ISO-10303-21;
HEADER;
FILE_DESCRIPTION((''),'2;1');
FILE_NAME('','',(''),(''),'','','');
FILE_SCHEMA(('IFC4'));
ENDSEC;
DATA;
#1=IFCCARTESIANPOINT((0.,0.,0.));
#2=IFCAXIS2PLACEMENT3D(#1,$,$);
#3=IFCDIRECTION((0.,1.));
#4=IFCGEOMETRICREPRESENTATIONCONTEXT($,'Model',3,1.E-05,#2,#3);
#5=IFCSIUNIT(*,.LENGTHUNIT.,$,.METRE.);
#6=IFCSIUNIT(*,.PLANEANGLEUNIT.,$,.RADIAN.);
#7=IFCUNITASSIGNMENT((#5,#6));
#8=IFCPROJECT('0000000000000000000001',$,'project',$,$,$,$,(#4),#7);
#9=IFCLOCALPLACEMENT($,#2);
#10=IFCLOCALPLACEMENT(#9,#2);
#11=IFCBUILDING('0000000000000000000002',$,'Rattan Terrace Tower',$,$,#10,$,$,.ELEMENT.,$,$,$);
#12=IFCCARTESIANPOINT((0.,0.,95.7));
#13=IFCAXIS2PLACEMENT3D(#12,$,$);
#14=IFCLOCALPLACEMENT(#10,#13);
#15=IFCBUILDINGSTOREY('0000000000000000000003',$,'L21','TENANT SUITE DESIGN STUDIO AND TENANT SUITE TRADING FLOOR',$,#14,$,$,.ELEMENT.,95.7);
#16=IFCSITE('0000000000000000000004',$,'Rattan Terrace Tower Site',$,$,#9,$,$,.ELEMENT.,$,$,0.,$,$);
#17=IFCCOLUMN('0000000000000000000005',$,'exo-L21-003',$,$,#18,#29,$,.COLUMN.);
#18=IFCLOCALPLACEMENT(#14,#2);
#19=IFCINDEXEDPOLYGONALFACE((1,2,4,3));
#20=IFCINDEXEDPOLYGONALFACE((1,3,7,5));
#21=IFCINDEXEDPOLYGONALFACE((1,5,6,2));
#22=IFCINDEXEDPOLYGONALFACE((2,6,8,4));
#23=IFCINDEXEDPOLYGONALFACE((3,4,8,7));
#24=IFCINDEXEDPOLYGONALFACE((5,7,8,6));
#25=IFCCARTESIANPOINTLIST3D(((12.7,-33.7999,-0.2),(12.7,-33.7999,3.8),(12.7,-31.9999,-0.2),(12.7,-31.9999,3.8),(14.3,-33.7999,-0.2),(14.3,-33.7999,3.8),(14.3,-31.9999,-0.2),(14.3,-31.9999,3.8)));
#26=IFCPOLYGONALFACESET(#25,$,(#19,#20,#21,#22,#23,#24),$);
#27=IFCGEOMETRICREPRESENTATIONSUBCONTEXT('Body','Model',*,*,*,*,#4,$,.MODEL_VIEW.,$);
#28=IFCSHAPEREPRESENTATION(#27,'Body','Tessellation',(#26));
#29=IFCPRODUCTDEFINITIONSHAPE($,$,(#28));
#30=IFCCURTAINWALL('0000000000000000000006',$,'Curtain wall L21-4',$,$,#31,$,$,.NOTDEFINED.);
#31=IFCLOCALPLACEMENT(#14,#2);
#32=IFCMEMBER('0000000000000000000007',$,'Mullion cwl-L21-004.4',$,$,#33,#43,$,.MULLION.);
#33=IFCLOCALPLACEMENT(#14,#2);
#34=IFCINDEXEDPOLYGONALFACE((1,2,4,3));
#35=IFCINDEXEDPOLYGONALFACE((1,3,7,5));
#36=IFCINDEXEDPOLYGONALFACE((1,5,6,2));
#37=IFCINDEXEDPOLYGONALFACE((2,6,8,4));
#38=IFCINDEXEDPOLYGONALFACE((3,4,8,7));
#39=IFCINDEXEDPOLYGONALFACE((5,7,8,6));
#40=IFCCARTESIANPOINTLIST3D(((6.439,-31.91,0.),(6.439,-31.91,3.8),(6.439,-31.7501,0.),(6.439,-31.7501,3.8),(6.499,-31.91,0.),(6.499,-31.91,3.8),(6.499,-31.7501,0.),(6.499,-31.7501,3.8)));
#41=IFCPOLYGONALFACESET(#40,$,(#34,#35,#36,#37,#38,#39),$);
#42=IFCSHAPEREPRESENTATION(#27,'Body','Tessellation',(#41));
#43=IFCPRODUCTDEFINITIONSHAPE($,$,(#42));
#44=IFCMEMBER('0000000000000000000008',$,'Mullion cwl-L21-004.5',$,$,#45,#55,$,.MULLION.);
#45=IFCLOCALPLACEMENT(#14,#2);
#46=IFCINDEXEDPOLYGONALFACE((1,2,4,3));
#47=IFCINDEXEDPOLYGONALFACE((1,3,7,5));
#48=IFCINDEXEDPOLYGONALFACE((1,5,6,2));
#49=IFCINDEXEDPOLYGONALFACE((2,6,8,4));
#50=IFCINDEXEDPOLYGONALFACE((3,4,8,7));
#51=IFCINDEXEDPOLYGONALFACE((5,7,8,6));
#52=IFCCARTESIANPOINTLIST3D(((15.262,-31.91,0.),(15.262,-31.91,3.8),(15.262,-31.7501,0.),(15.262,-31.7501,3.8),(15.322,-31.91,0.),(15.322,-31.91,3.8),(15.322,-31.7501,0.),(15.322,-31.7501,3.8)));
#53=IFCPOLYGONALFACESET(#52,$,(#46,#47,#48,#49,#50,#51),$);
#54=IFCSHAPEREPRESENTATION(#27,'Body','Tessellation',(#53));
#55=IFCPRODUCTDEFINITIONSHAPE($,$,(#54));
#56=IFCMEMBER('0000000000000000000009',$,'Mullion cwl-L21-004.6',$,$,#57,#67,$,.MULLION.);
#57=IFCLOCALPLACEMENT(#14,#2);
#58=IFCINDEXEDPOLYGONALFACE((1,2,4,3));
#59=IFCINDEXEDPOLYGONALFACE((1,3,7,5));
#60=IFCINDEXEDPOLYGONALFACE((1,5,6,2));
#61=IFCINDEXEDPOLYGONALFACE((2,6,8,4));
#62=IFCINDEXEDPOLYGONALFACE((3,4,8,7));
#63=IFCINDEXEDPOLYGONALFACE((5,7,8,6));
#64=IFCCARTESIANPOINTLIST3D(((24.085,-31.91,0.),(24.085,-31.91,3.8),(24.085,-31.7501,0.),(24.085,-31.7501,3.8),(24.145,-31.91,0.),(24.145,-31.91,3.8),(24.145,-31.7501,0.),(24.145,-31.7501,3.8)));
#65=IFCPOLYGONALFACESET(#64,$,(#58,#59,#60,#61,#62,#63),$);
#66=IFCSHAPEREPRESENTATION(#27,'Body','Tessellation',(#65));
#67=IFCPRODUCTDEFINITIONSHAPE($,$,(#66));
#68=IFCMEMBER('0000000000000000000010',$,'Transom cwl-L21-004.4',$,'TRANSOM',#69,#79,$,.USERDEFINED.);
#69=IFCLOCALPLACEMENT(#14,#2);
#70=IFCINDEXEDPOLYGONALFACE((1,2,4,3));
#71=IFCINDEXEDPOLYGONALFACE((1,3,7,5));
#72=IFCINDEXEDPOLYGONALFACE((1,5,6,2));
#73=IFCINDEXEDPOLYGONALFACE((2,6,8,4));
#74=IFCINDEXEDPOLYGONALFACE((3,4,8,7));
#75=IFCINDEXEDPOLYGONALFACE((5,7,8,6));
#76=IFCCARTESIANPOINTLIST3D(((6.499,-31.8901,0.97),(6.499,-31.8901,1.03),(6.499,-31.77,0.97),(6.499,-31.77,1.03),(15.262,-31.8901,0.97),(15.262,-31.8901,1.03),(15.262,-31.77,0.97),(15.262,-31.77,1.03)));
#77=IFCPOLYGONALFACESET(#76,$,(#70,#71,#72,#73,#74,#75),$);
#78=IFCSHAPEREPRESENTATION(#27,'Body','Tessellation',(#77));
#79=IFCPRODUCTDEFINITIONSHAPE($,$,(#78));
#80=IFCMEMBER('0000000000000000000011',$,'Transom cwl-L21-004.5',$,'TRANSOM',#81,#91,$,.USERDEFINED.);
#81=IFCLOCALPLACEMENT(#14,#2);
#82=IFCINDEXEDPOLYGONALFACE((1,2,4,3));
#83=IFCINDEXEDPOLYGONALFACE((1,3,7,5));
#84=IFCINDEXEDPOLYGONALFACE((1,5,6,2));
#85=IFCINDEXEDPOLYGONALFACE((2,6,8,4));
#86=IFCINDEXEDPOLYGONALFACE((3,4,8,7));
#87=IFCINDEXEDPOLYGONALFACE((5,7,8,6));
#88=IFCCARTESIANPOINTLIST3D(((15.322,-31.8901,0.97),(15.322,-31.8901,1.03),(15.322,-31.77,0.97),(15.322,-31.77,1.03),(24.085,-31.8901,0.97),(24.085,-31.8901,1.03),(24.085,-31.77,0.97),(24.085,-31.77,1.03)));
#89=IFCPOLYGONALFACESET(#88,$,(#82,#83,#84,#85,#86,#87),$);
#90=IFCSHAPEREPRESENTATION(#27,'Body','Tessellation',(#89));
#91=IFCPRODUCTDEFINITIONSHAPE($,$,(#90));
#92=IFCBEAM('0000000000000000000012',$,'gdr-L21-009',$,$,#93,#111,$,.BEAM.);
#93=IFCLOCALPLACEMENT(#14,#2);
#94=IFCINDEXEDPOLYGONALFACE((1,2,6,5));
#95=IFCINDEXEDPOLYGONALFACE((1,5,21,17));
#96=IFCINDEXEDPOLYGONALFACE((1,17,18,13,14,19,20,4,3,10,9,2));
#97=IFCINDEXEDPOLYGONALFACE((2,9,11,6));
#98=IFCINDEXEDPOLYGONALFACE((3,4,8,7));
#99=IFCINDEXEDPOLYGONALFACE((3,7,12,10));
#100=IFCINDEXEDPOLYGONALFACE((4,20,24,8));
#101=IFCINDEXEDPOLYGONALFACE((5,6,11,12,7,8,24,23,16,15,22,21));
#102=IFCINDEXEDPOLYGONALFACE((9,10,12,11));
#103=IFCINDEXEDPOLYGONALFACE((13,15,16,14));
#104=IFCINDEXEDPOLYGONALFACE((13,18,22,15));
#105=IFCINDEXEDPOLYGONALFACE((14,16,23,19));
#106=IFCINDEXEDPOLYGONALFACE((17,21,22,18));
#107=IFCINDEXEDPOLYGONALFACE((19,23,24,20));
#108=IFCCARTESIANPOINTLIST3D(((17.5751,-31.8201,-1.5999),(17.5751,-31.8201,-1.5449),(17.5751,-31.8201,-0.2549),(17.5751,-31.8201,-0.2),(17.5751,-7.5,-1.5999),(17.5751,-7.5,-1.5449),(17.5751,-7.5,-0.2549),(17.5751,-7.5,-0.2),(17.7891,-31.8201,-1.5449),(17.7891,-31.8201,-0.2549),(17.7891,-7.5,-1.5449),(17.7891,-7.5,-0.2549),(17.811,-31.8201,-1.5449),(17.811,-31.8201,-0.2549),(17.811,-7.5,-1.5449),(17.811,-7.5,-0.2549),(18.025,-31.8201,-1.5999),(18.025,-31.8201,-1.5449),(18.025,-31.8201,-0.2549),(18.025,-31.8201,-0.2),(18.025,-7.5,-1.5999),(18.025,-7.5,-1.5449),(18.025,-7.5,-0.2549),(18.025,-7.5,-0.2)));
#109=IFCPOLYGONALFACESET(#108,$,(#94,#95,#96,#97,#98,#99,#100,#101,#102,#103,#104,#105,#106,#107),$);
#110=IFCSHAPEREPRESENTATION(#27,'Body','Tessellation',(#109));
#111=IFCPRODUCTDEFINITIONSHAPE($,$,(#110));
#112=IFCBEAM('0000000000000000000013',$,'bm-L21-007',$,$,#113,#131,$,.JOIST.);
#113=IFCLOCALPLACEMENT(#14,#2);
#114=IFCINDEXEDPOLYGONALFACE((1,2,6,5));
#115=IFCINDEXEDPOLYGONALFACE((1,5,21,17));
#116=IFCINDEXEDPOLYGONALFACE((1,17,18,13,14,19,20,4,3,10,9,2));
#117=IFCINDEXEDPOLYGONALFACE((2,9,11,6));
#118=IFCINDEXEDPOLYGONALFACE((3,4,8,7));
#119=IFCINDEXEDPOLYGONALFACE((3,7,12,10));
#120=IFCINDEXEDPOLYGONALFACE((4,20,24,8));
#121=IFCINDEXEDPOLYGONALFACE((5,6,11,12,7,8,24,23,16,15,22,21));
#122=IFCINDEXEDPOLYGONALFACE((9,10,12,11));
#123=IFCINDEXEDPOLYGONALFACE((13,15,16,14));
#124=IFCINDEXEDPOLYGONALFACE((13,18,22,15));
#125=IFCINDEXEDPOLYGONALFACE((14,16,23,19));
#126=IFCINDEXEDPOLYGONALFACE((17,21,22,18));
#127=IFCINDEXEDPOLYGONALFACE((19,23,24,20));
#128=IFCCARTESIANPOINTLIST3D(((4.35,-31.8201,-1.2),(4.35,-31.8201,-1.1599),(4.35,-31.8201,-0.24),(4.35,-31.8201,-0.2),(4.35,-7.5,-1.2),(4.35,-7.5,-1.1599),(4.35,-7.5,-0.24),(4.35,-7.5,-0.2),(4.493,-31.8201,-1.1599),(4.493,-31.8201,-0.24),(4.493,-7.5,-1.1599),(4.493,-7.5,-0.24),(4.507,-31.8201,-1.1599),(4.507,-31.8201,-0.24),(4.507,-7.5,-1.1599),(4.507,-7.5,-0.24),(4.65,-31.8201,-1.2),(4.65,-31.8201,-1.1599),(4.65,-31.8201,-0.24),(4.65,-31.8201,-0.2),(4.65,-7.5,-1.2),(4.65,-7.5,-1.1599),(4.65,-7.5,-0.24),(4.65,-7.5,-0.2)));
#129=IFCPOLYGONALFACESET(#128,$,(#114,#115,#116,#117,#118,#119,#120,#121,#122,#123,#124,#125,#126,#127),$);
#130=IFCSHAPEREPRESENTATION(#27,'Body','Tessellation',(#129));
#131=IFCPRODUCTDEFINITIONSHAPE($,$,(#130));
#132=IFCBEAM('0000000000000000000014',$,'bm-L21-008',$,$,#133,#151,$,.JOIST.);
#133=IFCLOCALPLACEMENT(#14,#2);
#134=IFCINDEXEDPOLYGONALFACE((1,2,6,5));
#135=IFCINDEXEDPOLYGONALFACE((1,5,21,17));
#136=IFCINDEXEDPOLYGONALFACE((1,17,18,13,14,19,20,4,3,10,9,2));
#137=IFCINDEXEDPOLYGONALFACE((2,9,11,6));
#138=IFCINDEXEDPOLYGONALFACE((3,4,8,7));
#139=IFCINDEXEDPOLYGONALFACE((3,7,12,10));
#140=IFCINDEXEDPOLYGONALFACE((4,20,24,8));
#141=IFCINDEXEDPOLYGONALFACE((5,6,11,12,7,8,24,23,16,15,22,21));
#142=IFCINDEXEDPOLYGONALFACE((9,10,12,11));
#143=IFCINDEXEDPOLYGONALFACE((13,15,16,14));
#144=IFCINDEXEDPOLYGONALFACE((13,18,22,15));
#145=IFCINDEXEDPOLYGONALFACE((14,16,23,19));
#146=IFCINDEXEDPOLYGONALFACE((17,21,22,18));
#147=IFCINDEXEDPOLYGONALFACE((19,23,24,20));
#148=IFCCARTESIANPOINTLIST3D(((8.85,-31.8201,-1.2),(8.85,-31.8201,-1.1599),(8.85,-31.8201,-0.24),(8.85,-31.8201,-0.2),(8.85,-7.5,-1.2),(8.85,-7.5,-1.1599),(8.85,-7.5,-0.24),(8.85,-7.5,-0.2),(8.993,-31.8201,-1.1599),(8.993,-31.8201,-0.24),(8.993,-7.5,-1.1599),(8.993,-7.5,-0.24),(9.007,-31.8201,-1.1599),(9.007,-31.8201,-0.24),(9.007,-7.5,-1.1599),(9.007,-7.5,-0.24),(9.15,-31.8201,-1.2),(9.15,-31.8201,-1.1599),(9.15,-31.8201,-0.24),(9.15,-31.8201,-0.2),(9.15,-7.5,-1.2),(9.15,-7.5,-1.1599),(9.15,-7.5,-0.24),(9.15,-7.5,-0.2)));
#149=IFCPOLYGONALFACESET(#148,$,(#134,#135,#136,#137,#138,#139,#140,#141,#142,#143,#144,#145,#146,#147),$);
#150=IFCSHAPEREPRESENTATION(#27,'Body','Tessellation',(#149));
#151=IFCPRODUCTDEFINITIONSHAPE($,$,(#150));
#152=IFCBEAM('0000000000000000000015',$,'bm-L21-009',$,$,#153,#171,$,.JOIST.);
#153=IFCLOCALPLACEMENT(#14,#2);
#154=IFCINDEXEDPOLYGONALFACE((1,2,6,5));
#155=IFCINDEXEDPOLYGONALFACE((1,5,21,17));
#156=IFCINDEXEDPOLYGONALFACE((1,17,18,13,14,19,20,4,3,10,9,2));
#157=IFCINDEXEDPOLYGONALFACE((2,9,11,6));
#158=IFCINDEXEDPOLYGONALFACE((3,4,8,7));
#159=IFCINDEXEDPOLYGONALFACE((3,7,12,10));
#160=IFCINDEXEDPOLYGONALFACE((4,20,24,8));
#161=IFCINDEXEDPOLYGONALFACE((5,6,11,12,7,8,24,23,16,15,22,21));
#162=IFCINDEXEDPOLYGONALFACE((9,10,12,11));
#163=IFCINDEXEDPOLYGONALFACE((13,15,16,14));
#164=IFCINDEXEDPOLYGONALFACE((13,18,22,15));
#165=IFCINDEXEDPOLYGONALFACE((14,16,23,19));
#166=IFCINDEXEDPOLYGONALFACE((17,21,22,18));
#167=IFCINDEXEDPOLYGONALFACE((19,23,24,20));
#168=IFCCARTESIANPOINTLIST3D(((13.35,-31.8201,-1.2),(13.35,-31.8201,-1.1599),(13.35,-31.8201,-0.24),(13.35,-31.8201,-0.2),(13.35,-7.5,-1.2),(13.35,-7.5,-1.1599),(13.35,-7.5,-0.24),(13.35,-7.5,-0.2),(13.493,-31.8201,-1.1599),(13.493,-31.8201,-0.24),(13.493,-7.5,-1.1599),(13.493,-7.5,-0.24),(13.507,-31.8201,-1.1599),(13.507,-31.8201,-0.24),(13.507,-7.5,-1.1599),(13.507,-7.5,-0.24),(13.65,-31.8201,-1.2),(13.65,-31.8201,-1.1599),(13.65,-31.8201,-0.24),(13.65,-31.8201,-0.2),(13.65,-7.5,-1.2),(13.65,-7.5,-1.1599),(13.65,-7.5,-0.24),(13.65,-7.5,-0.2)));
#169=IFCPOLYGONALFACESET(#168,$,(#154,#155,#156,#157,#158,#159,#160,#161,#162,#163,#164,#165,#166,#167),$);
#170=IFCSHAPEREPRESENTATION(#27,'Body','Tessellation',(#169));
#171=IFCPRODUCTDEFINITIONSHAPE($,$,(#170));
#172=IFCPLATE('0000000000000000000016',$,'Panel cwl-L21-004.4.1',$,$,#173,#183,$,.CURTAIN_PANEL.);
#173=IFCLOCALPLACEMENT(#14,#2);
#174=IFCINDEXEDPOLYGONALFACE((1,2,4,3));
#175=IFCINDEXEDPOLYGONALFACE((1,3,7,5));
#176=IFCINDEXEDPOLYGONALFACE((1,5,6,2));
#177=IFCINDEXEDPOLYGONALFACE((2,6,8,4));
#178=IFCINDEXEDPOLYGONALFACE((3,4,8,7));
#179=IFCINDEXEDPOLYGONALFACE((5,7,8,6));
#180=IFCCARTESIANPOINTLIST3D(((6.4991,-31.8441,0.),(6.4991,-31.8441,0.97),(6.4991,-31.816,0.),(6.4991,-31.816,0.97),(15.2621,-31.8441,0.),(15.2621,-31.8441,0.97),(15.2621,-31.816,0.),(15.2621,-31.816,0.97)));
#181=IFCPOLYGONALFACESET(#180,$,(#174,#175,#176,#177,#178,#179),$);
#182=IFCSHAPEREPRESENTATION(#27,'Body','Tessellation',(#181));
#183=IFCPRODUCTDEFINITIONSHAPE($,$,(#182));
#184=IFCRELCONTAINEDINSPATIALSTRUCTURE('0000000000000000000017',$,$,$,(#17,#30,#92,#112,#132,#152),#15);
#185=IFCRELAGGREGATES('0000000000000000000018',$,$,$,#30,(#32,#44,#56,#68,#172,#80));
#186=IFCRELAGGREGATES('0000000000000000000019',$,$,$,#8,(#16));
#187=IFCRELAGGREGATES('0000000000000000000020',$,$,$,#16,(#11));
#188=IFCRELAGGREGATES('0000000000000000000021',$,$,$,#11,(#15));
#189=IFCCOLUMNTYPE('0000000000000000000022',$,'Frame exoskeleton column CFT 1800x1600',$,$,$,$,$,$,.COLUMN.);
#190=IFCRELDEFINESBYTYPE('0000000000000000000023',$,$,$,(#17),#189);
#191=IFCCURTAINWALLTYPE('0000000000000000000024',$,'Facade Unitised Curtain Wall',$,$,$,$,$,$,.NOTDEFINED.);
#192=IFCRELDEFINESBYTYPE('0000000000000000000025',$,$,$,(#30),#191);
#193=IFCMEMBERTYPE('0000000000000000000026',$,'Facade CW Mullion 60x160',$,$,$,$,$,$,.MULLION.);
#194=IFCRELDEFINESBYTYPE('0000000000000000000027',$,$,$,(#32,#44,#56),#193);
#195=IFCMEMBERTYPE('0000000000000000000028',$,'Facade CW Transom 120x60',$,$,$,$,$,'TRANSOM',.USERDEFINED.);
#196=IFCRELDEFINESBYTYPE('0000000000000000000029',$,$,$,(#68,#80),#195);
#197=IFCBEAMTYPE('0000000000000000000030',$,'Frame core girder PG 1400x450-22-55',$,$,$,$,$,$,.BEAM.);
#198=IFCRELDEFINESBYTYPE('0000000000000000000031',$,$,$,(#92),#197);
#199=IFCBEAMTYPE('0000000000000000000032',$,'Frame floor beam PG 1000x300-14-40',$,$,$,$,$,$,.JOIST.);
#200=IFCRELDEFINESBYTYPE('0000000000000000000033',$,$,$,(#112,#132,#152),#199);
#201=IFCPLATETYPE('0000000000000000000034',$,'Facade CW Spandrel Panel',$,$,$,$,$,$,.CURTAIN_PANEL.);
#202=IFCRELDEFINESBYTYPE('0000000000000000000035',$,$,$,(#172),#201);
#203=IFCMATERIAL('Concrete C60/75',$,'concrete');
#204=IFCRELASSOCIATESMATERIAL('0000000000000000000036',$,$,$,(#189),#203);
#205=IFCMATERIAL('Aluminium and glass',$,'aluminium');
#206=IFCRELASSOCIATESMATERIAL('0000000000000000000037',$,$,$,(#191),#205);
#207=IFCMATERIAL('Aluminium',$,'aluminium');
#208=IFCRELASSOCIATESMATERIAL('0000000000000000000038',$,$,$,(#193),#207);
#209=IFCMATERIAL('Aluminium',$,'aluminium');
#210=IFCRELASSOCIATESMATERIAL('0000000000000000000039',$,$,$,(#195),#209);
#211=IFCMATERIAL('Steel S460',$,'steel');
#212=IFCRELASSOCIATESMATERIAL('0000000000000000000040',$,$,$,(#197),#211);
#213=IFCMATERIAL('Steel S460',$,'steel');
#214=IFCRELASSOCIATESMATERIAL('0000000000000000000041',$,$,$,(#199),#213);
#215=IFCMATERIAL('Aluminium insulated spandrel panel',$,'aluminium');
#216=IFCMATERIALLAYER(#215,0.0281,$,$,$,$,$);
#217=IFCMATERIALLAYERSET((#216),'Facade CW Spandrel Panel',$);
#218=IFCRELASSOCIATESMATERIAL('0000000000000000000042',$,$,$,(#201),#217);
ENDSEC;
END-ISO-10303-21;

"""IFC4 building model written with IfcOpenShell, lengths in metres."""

from ifc_helpers import new_model, si_unit, direction, frame, origin, origin_2d, place, context, subcontext, project, spatial, rectangle, i_section, extrude, material, layer, layer_set, material_profile, profile_set, type_object, element, aggregate, save


model = new_model("IFC4")

# Units and contexts
model_context = context("Model", 3, precision=1e-05, world=origin(), true_north=direction((0.0, 1.0)))
body_context = subcontext(model_context, "Body", "Model", "MODEL_VIEW")
ifc_project = project(units=[si_unit("LENGTHUNIT", "METRE"), si_unit("PLANEANGLEUNIT", "RADIAN")], contexts=[model_context])

# Site, building, storey
site_placement = place(None, origin())
site = spatial("IfcSite", under=ifc_project, at=site_placement, Name="Rattan Terrace Tower Site", CompositionType="ELEMENT", RefElevation=0.0)
building_placement = place(site_placement, origin())
building = spatial("IfcBuilding", under=site, at=building_placement, Name="Rattan Terrace Tower", CompositionType="ELEMENT")
storey_placement = place(building_placement, frame((0.0, 0.0, 95.7)))
storey = spatial("IfcBuildingStorey", under=building, at=storey_placement, Name="L21", Description="TENANT SUITE DESIGN STUDIO AND TENANT SUITE TRADING FLOOR", CompositionType="ELEMENT", Elevation=95.7)

# Column
ifc_material_1 = material(Name="Concrete C60/75", Category="concrete")
ifc_material_profile_1 = material_profile(ifc_material_1, rectangle(XDim=1.6001, YDim=1.8, at=origin_2d()), Name="CFT 1800x1600")
ifc_profile_set_1 = profile_set([ifc_material_profile_1], Name="Concrete C60/75")
column_type = type_object("IfcColumnType", Name="Frame exoskeleton column CFT 1800x1600", PredefinedType="COLUMN", material=ifc_profile_set_1)
column_placement = place(storey_placement, frame((13.5, -32.8999, -0.2), z_axis=(0.0, 0.0, 1.0), x_axis=(1.0, 0.0, 0.0)))
element("IfcColumn", 1, at=column_placement, inside=storey, type_object=column_type, Name="exo-L21-003", PredefinedType="COLUMN", context=body_context, shape_type="SweptSolid", body=[
    extrude(rectangle(XDim=1.6001, YDim=1.8, at=origin_2d()), origin(), (0.0, 0.0, 1.0), 4.0),
])

# Curtain wall, members
ifc_material_2 = material(Name="Aluminium and glass", Category="aluminium")
curtain_wall_type = type_object("IfcCurtainWallType", Name="Facade Unitised Curtain Wall", PredefinedType="NOTDEFINED", material=ifc_material_2)
curtain_wall_placement = place(storey_placement, origin())
curtain_wall = element("IfcCurtainWall", 2, at=curtain_wall_placement, inside=storey, type_object=curtain_wall_type, Name="Curtain wall L21-4", PredefinedType="NOTDEFINED")
ifc_material_3 = material(Name="Aluminium", Category="aluminium")
ifc_material_profile_2 = material_profile(ifc_material_3, rectangle(XDim=0.0601, YDim=0.1599, at=origin_2d()), Name="Aluminium 60x160")
ifc_profile_set_2 = profile_set([ifc_material_profile_2], Name="Aluminium")
member_type_1 = type_object("IfcMemberType", Name="Facade CW Mullion 60x160", PredefinedType="MULLION", material=ifc_profile_set_2)
member_1_placement = place(storey_placement, frame((6.469, -31.8301, 0.0), z_axis=(0.0, 0.0, 1.0), x_axis=(1.0, 0.0, 0.0)))
member_1 = element("IfcMember", 3, at=member_1_placement, type_object=member_type_1, Name="Mullion cwl-L21-004.4", PredefinedType="MULLION", context=body_context, shape_type="SweptSolid", body=[
    extrude(rectangle(XDim=0.0601, YDim=0.1599, at=origin_2d()), origin(), (0.0, 0.0, 1.0), 3.8),
])
member_2_placement = place(storey_placement, frame((15.292, -31.8301, 0.0), z_axis=(0.0, 0.0, 1.0), x_axis=(1.0, 0.0, 0.0)))
member_2 = element("IfcMember", 4, at=member_2_placement, type_object=member_type_1, Name="Mullion cwl-L21-004.5", PredefinedType="MULLION", context=body_context, shape_type="SweptSolid", body=[
    extrude(rectangle(XDim=0.0601, YDim=0.1599, at=origin_2d()), origin(), (0.0, 0.0, 1.0), 3.8),
])
member_3_placement = place(storey_placement, frame((24.115, -31.8301, 0.0), z_axis=(0.0, 0.0, 1.0), x_axis=(1.0, 0.0, 0.0)))
member_3 = element("IfcMember", 5, at=member_3_placement, type_object=member_type_1, Name="Mullion cwl-L21-004.6", PredefinedType="MULLION", context=body_context, shape_type="SweptSolid", body=[
    extrude(rectangle(XDim=0.0601, YDim=0.1599, at=origin_2d()), origin(), (0.0, 0.0, 1.0), 3.8),
])
ifc_material_4 = material(Name="Aluminium", Category="aluminium")
ifc_material_profile_3 = material_profile(ifc_material_4, rectangle(XDim=0.1201, YDim=0.0601, at=origin_2d()), Name="Aluminium 120x60")
ifc_profile_set_3 = profile_set([ifc_material_profile_3], Name="Aluminium")
member_type_2 = type_object("IfcMemberType", Name="Facade CW Transom 120x60", ElementType="TRANSOM", PredefinedType="USERDEFINED", material=ifc_profile_set_3)
member_4_placement = place(storey_placement, frame((6.499, -31.8301, 1.0), z_axis=(1.0, 0.0, 0.0), x_axis=(0.0, 1.0, 0.0)))
member_4 = element("IfcMember", 6, at=member_4_placement, type_object=member_type_2, Name="Transom cwl-L21-004.4", ObjectType="TRANSOM", PredefinedType="USERDEFINED", context=body_context, shape_type="SweptSolid", body=[
    extrude(rectangle(XDim=0.1201, YDim=0.0601, at=origin_2d()), origin(), (0.0, 0.0, 1.0), 8.7629),
])
member_5_placement = place(storey_placement, frame((15.322, -31.8301, 1.0), z_axis=(1.0, 0.0, 0.0), x_axis=(0.0, 1.0, 0.0)))
member_5 = element("IfcMember", 7, at=member_5_placement, type_object=member_type_2, Name="Transom cwl-L21-004.5", ObjectType="TRANSOM", PredefinedType="USERDEFINED", context=body_context, shape_type="SweptSolid", body=[
    extrude(rectangle(XDim=0.1201, YDim=0.0601, at=origin_2d()), origin(), (0.0, 0.0, 1.0), 8.7629),
])

# Beams
ifc_material_5 = material(Name="Steel S460", Category="steel")
ifc_material_profile_4 = material_profile(ifc_material_5, i_section(OverallWidth=0.45, OverallDepth=1.3999, WebThickness=0.022, FlangeThickness=0.0549, at=origin_2d()), Name="PG 1400x450-22-55")
ifc_profile_set_4 = profile_set([ifc_material_profile_4], Name="Steel S460")
beam_type_1 = type_object("IfcBeamType", Name="Frame core girder PG 1400x450-22-55", PredefinedType="BEAM", material=ifc_profile_set_4)
beam_placement = place(storey_placement, frame((17.8, -31.8201, -0.8999), z_axis=(0.0, 1.0, 0.0), x_axis=(-1.0, 0.0, 0.0)))
element("IfcBeam", 8, at=beam_placement, inside=storey, type_object=beam_type_1, Name="gdr-L21-009", PredefinedType="BEAM", context=body_context, shape_type="SweptSolid", body=[
    extrude(i_section(OverallWidth=0.45, OverallDepth=1.3999, WebThickness=0.022, FlangeThickness=0.0549, at=origin_2d()), origin(), (0.0, 0.0, 1.0), 24.3201),
])
ifc_material_6 = material(Name="Steel S460", Category="steel")
ifc_material_profile_5 = material_profile(ifc_material_6, i_section(OverallWidth=0.3, OverallDepth=1.0, WebThickness=0.0139, FlangeThickness=0.04, at=origin_2d()), Name="PG 1000x300-14-40")
ifc_profile_set_5 = profile_set([ifc_material_profile_5], Name="Steel S460")
beam_type_2 = type_object("IfcBeamType", Name="Frame floor beam PG 1000x300-14-40", PredefinedType="JOIST", material=ifc_profile_set_5)
for number, where, z_axis, x_axis, name in (
    (9, (4.5, -31.8201, -0.7), (0.0, 1.0, 0.0), (-1.0, 0.0, 0.0), "bm-L21-007"),
    (10, (9.0, -31.8201, -0.7), (0.0, 1.0, 0.0), (-1.0, 0.0, 0.0), "bm-L21-008"),
    (11, (13.5, -31.8201, -0.7), (0.0, 1.0, 0.0), (-1.0, 0.0, 0.0), "bm-L21-009"),
):
    element("IfcBeam", number, at=place(storey_placement, frame(where, z_axis=z_axis, x_axis=x_axis)), inside=storey, type_object=beam_type_2, Name=name, PredefinedType="JOIST", context=body_context, shape_type="SweptSolid", body=[
        extrude(i_section(OverallWidth=0.3, OverallDepth=1.0, WebThickness=0.0139, FlangeThickness=0.04, at=origin_2d()), origin(), (0.0, 0.0, 1.0), 24.3201),
    ])

# Plate
ifc_material_7 = material(Name="Aluminium insulated spandrel panel", Category="aluminium")
ifc_layer_1 = layer(ifc_material_7, 0.0281)
ifc_layer_set_1 = layer_set([ifc_layer_1], Name="Facade CW Spandrel Panel")
plate_type_1 = type_object("IfcPlateType", Name="Facade CW Spandrel Panel", PredefinedType="CURTAIN_PANEL", material=ifc_layer_set_1)
plate_1_placement = place(storey_placement, frame((10.8806, -31.8301, 0.0), z_axis=(0.0, 0.0, 1.0), x_axis=(1.0, 0.0, 0.0)))
plate_1 = element("IfcPlate", 12, at=plate_1_placement, type_object=plate_type_1, Name="Panel cwl-L21-004.4.1", PredefinedType="CURTAIN_PANEL", context=body_context, shape_type="SweptSolid", body=[
    extrude(rectangle(XDim=8.7629, YDim=0.0281, at=origin_2d()), origin(), (0.0, 0.0, 1.0), 0.97),
])
aggregate(curtain_wall, [member_1, member_2, member_3, member_4, plate_1, member_5])

save(model, "model.ifc")
